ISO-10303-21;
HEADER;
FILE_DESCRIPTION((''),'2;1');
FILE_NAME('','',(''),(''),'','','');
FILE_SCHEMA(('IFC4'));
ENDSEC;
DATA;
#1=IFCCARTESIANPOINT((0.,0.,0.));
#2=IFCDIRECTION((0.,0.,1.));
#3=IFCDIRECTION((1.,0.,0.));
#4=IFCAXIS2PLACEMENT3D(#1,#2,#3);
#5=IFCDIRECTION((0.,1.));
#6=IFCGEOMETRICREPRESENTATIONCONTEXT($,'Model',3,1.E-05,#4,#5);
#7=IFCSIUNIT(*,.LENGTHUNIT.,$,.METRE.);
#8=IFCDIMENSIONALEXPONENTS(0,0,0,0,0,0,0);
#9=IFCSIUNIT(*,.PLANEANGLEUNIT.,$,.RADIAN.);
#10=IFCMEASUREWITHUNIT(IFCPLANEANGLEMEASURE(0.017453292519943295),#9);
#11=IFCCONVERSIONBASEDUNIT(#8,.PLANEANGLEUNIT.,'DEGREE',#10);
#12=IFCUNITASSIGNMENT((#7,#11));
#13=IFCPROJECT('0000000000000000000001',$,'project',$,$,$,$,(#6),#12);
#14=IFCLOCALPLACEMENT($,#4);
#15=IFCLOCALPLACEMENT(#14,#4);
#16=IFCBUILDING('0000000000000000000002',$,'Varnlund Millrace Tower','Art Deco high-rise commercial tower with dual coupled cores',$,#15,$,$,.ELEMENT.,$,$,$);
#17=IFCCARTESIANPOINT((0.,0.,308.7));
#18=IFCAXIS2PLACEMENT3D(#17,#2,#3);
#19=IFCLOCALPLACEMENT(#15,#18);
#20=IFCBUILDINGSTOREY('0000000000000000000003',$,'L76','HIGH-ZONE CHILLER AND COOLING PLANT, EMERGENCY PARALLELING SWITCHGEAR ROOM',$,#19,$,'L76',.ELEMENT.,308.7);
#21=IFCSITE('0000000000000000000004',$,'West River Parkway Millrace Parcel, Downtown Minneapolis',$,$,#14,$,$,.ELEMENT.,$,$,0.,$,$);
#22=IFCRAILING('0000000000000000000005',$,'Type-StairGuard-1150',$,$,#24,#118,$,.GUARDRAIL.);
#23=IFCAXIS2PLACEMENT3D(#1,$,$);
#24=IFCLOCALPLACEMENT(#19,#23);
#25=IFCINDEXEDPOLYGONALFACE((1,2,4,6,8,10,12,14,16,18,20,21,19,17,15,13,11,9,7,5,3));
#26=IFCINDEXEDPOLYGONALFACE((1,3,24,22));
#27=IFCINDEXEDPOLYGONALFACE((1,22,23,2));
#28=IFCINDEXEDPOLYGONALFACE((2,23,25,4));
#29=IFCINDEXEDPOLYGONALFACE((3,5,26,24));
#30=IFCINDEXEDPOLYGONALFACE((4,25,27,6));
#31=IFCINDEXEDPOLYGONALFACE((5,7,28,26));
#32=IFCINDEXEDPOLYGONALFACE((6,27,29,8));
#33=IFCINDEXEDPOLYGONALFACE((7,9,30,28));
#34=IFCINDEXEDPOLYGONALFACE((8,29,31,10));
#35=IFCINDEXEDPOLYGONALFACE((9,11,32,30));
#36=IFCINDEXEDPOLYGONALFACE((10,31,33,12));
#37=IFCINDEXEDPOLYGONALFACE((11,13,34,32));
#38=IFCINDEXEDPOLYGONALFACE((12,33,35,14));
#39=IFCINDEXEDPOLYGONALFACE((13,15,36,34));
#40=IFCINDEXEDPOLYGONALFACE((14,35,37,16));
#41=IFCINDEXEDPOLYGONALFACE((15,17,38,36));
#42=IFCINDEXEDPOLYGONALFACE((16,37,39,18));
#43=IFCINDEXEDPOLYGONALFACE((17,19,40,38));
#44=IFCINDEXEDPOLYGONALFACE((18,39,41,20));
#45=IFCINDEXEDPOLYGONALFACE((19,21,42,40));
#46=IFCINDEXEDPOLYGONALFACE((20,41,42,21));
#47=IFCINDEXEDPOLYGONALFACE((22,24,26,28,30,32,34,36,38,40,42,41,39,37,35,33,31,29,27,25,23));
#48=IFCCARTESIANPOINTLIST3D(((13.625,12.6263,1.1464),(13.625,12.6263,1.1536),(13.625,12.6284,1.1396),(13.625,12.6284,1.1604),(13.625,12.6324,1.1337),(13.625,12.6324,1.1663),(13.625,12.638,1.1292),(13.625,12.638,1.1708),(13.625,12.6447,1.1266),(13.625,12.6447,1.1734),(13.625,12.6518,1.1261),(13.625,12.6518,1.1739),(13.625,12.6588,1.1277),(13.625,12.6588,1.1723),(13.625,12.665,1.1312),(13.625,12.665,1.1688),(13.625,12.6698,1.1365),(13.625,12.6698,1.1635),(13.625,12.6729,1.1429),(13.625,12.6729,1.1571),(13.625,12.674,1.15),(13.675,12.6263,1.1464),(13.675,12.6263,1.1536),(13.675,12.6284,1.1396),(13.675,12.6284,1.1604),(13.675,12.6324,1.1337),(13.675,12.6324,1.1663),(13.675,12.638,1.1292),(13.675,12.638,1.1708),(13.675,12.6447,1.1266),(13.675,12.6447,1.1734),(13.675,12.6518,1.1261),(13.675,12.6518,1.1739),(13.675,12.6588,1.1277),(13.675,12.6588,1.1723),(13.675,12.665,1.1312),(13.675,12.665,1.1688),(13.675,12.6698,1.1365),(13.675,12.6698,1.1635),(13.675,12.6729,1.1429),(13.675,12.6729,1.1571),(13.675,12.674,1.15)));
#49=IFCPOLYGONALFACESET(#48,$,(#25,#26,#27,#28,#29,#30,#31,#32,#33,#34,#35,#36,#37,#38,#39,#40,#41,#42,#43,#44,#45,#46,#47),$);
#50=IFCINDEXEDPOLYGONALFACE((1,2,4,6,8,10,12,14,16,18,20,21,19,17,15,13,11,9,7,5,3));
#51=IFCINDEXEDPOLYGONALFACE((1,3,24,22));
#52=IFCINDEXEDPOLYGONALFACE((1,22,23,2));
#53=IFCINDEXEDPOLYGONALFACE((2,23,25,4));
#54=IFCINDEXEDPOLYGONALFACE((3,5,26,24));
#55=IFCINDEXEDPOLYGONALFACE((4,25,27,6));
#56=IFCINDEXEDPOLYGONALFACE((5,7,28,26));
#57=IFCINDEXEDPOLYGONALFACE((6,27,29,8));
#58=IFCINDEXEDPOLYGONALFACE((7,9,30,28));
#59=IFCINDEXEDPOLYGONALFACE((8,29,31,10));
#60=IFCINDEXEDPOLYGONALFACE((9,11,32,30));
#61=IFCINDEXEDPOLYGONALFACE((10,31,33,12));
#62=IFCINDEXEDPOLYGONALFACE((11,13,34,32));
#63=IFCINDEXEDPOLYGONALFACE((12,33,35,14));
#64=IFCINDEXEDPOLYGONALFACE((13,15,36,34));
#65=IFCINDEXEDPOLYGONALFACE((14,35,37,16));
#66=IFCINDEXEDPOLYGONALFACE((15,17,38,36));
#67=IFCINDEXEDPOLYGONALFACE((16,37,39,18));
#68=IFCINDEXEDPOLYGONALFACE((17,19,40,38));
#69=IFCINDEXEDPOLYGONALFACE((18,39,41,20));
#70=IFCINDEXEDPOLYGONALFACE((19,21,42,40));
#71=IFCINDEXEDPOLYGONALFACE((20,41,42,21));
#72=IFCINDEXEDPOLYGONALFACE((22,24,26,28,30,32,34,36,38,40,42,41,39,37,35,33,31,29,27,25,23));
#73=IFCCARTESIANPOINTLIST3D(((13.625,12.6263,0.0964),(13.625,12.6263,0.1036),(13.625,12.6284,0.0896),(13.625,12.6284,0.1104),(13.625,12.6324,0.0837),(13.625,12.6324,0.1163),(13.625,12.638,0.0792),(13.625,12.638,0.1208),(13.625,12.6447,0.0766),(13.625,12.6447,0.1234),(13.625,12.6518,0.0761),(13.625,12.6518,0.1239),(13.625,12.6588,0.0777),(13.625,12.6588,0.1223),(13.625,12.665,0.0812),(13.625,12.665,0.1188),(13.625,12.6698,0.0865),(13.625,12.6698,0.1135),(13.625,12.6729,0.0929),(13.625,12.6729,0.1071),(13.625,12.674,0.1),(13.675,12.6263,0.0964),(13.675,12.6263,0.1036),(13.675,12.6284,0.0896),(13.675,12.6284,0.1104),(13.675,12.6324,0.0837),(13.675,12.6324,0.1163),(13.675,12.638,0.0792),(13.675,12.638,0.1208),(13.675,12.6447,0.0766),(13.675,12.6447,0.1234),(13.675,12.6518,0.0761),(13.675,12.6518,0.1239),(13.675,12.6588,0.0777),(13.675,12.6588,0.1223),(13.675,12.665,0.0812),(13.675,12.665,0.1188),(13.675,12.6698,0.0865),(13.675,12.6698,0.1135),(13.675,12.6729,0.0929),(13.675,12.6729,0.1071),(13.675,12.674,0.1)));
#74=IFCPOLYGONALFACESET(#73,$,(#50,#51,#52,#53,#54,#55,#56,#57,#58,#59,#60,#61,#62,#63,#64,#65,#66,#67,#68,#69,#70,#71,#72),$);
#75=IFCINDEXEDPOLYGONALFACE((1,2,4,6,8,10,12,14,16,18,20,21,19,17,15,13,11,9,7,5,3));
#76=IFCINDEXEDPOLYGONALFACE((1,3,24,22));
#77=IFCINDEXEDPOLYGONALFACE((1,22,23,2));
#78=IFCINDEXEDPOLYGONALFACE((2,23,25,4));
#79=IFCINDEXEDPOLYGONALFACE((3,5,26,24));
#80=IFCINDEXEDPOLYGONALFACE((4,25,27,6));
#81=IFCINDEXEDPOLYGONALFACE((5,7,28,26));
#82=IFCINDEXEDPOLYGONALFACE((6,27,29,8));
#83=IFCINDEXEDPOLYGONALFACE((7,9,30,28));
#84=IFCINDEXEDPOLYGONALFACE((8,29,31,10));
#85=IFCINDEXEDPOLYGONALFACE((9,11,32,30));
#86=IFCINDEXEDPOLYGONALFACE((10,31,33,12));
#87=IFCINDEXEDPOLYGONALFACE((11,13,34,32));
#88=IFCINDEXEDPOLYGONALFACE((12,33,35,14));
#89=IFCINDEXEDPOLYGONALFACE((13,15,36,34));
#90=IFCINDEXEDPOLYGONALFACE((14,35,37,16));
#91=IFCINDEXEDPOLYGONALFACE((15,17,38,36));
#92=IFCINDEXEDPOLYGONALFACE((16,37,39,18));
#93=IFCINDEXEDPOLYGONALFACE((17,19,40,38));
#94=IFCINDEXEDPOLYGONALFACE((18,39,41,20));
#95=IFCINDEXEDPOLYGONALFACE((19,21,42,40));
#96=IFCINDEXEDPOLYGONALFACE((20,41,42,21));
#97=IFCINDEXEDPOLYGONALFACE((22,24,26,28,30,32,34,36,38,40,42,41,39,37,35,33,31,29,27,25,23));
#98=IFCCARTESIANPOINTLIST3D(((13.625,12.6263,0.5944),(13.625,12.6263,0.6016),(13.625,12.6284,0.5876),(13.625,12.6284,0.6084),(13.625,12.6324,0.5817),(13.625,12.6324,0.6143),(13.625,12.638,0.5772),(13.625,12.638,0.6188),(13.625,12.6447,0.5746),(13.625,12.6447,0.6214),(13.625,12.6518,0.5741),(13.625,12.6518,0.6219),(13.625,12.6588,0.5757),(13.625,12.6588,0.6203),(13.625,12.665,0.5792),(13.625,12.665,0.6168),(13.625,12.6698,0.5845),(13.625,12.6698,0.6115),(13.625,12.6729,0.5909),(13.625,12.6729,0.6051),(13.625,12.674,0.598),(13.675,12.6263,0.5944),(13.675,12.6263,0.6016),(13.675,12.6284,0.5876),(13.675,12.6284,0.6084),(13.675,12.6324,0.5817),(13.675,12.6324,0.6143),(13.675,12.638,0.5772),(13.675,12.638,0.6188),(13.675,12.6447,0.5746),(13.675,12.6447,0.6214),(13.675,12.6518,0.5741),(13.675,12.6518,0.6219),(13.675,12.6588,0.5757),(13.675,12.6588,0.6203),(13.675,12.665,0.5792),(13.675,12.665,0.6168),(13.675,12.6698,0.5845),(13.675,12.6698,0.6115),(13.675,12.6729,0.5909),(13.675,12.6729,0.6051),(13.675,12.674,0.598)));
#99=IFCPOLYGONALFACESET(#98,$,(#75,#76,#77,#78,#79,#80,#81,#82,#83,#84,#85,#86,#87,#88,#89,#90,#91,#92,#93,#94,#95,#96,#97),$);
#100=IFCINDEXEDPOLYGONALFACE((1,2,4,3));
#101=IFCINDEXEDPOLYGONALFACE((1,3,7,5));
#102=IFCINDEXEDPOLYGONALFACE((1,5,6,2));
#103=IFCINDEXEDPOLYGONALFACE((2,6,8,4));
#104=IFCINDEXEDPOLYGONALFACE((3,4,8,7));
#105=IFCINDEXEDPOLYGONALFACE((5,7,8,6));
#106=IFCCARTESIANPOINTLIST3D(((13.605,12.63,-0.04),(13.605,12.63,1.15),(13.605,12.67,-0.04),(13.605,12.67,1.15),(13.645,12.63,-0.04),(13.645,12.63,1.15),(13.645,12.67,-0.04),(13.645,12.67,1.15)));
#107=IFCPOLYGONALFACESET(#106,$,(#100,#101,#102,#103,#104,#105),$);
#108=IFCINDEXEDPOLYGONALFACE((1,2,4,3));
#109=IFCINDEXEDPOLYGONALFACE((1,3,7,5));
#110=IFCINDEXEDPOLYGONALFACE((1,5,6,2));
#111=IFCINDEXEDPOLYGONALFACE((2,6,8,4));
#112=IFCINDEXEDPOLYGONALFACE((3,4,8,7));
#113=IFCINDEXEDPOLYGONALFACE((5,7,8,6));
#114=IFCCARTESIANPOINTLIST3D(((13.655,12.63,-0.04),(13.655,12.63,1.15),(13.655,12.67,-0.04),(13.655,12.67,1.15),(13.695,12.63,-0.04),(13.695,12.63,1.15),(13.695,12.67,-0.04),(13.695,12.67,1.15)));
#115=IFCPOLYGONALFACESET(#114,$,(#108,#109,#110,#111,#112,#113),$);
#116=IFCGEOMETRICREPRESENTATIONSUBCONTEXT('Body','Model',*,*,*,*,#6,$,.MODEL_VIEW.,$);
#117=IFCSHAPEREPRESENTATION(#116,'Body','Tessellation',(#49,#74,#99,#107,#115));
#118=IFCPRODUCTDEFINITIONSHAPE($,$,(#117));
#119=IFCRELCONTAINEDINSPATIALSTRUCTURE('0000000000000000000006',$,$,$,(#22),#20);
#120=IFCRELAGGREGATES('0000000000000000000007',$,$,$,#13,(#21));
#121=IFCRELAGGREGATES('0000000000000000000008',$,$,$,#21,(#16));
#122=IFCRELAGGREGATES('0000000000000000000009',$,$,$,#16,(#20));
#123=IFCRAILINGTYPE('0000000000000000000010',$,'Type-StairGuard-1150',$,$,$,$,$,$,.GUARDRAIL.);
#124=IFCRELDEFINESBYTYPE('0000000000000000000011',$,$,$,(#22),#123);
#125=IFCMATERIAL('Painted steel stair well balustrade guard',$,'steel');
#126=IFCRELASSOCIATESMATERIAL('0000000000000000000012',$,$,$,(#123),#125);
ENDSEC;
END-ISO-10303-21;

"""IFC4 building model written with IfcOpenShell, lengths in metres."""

from ifc_helpers import new_model, entity, si_unit, converted_unit, direction, frame, origin_with_axes, origin_2d_with_axis, place, context, subcontext, project, spatial, rectangle, circle, extrude, material, type_object, element, save


model = new_model("IFC4")

# Units and contexts
model_context = context("Model", 3, precision=1e-05, world=origin_with_axes(), true_north=direction((0.0, 1.0)))
body_context = subcontext(model_context, "Body", "Model", "MODEL_VIEW")
ifc_project = project(units=[si_unit("LENGTHUNIT", "METRE"), converted_unit("PLANEANGLEUNIT", "DEGREE", entity("IfcPlaneAngleMeasure", 0.017453292519943295), si_unit("PLANEANGLEUNIT", "RADIAN"), dimensions=[0, 0, 0, 0, 0, 0, 0])], contexts=[model_context])

# Site, building, storey
site_placement = place(None, origin_with_axes())
site = spatial("IfcSite", under=ifc_project, at=site_placement, Name="West River Parkway Millrace Parcel, Downtown Minneapolis", CompositionType="ELEMENT", RefElevation=0.0)
building_placement = place(site_placement, origin_with_axes())
building = spatial("IfcBuilding", under=site, at=building_placement, Name="Varnlund Millrace Tower", Description="Art Deco high-rise commercial tower with dual coupled cores", CompositionType="ELEMENT")
storey_placement = place(building_placement, frame((0.0, 0.0, 308.7), z_axis=(0.0, 0.0, 1.0), x_axis=(1.0, 0.0, 0.0)))
storey = spatial("IfcBuildingStorey", under=building, at=storey_placement, Name="L76", Description="HIGH-ZONE CHILLER AND COOLING PLANT, EMERGENCY PARALLELING SWITCHGEAR ROOM", LongName="L76", CompositionType="ELEMENT", Elevation=308.7)

# Railing
ifc_material_1 = material(Name="Painted steel stair well balustrade guard", Category="steel")
railing_type_1 = type_object("IfcRailingType", Name="Type-StairGuard-1150", PredefinedType="GUARDRAIL", material=ifc_material_1)
railing_1_placement = place(storey_placement, frame((0.0, 0.0, -308.7), z_axis=(0.0, 0.0, 1.0), x_axis=(1.0, 0.0, 0.0)))
element("IfcRailing", 1, at=railing_1_placement, inside=storey, type_object=railing_type_1, Name="Type-StairGuard-1150", PredefinedType="GUARDRAIL", context=body_context, shape_type="SweptSolid", body=[
    extrude(circle(Radius=0.024, at=origin_2d_with_axis()), frame((13.625, 12.65, 309.85), z_axis=(1.0, 0.0, 0.0), x_axis=(0.0, 1.0, 0.0)), (0.0, 0.0, 1.0), 0.05),
    extrude(circle(Radius=0.024, at=origin_2d_with_axis()), frame((13.625, 12.65, 308.8), z_axis=(1.0, 0.0, 0.0), x_axis=(0.0, 1.0, 0.0)), (0.0, 0.0, 1.0), 0.05),
    extrude(circle(Radius=0.024, at=origin_2d_with_axis()), frame((13.625, 12.65, 309.298), z_axis=(1.0, 0.0, 0.0), x_axis=(0.0, 1.0, 0.0)), (0.0, 0.0, 1.0), 0.05),
    extrude(rectangle(XDim=0.04, YDim=0.04, at=origin_2d_with_axis()), frame((13.625, 12.65, 308.66), z_axis=(0.0, 0.0, 1.0), x_axis=(1.0, 0.0, 0.0)), (0.0, 0.0, 1.0), 1.19),
    extrude(rectangle(XDim=0.04, YDim=0.04, at=origin_2d_with_axis()), frame((13.675, 12.65, 308.66), z_axis=(0.0, 0.0, 1.0), x_axis=(1.0, 0.0, 0.0)), (0.0, 0.0, 1.0), 1.19),
])

save(model, "model.ifc")
